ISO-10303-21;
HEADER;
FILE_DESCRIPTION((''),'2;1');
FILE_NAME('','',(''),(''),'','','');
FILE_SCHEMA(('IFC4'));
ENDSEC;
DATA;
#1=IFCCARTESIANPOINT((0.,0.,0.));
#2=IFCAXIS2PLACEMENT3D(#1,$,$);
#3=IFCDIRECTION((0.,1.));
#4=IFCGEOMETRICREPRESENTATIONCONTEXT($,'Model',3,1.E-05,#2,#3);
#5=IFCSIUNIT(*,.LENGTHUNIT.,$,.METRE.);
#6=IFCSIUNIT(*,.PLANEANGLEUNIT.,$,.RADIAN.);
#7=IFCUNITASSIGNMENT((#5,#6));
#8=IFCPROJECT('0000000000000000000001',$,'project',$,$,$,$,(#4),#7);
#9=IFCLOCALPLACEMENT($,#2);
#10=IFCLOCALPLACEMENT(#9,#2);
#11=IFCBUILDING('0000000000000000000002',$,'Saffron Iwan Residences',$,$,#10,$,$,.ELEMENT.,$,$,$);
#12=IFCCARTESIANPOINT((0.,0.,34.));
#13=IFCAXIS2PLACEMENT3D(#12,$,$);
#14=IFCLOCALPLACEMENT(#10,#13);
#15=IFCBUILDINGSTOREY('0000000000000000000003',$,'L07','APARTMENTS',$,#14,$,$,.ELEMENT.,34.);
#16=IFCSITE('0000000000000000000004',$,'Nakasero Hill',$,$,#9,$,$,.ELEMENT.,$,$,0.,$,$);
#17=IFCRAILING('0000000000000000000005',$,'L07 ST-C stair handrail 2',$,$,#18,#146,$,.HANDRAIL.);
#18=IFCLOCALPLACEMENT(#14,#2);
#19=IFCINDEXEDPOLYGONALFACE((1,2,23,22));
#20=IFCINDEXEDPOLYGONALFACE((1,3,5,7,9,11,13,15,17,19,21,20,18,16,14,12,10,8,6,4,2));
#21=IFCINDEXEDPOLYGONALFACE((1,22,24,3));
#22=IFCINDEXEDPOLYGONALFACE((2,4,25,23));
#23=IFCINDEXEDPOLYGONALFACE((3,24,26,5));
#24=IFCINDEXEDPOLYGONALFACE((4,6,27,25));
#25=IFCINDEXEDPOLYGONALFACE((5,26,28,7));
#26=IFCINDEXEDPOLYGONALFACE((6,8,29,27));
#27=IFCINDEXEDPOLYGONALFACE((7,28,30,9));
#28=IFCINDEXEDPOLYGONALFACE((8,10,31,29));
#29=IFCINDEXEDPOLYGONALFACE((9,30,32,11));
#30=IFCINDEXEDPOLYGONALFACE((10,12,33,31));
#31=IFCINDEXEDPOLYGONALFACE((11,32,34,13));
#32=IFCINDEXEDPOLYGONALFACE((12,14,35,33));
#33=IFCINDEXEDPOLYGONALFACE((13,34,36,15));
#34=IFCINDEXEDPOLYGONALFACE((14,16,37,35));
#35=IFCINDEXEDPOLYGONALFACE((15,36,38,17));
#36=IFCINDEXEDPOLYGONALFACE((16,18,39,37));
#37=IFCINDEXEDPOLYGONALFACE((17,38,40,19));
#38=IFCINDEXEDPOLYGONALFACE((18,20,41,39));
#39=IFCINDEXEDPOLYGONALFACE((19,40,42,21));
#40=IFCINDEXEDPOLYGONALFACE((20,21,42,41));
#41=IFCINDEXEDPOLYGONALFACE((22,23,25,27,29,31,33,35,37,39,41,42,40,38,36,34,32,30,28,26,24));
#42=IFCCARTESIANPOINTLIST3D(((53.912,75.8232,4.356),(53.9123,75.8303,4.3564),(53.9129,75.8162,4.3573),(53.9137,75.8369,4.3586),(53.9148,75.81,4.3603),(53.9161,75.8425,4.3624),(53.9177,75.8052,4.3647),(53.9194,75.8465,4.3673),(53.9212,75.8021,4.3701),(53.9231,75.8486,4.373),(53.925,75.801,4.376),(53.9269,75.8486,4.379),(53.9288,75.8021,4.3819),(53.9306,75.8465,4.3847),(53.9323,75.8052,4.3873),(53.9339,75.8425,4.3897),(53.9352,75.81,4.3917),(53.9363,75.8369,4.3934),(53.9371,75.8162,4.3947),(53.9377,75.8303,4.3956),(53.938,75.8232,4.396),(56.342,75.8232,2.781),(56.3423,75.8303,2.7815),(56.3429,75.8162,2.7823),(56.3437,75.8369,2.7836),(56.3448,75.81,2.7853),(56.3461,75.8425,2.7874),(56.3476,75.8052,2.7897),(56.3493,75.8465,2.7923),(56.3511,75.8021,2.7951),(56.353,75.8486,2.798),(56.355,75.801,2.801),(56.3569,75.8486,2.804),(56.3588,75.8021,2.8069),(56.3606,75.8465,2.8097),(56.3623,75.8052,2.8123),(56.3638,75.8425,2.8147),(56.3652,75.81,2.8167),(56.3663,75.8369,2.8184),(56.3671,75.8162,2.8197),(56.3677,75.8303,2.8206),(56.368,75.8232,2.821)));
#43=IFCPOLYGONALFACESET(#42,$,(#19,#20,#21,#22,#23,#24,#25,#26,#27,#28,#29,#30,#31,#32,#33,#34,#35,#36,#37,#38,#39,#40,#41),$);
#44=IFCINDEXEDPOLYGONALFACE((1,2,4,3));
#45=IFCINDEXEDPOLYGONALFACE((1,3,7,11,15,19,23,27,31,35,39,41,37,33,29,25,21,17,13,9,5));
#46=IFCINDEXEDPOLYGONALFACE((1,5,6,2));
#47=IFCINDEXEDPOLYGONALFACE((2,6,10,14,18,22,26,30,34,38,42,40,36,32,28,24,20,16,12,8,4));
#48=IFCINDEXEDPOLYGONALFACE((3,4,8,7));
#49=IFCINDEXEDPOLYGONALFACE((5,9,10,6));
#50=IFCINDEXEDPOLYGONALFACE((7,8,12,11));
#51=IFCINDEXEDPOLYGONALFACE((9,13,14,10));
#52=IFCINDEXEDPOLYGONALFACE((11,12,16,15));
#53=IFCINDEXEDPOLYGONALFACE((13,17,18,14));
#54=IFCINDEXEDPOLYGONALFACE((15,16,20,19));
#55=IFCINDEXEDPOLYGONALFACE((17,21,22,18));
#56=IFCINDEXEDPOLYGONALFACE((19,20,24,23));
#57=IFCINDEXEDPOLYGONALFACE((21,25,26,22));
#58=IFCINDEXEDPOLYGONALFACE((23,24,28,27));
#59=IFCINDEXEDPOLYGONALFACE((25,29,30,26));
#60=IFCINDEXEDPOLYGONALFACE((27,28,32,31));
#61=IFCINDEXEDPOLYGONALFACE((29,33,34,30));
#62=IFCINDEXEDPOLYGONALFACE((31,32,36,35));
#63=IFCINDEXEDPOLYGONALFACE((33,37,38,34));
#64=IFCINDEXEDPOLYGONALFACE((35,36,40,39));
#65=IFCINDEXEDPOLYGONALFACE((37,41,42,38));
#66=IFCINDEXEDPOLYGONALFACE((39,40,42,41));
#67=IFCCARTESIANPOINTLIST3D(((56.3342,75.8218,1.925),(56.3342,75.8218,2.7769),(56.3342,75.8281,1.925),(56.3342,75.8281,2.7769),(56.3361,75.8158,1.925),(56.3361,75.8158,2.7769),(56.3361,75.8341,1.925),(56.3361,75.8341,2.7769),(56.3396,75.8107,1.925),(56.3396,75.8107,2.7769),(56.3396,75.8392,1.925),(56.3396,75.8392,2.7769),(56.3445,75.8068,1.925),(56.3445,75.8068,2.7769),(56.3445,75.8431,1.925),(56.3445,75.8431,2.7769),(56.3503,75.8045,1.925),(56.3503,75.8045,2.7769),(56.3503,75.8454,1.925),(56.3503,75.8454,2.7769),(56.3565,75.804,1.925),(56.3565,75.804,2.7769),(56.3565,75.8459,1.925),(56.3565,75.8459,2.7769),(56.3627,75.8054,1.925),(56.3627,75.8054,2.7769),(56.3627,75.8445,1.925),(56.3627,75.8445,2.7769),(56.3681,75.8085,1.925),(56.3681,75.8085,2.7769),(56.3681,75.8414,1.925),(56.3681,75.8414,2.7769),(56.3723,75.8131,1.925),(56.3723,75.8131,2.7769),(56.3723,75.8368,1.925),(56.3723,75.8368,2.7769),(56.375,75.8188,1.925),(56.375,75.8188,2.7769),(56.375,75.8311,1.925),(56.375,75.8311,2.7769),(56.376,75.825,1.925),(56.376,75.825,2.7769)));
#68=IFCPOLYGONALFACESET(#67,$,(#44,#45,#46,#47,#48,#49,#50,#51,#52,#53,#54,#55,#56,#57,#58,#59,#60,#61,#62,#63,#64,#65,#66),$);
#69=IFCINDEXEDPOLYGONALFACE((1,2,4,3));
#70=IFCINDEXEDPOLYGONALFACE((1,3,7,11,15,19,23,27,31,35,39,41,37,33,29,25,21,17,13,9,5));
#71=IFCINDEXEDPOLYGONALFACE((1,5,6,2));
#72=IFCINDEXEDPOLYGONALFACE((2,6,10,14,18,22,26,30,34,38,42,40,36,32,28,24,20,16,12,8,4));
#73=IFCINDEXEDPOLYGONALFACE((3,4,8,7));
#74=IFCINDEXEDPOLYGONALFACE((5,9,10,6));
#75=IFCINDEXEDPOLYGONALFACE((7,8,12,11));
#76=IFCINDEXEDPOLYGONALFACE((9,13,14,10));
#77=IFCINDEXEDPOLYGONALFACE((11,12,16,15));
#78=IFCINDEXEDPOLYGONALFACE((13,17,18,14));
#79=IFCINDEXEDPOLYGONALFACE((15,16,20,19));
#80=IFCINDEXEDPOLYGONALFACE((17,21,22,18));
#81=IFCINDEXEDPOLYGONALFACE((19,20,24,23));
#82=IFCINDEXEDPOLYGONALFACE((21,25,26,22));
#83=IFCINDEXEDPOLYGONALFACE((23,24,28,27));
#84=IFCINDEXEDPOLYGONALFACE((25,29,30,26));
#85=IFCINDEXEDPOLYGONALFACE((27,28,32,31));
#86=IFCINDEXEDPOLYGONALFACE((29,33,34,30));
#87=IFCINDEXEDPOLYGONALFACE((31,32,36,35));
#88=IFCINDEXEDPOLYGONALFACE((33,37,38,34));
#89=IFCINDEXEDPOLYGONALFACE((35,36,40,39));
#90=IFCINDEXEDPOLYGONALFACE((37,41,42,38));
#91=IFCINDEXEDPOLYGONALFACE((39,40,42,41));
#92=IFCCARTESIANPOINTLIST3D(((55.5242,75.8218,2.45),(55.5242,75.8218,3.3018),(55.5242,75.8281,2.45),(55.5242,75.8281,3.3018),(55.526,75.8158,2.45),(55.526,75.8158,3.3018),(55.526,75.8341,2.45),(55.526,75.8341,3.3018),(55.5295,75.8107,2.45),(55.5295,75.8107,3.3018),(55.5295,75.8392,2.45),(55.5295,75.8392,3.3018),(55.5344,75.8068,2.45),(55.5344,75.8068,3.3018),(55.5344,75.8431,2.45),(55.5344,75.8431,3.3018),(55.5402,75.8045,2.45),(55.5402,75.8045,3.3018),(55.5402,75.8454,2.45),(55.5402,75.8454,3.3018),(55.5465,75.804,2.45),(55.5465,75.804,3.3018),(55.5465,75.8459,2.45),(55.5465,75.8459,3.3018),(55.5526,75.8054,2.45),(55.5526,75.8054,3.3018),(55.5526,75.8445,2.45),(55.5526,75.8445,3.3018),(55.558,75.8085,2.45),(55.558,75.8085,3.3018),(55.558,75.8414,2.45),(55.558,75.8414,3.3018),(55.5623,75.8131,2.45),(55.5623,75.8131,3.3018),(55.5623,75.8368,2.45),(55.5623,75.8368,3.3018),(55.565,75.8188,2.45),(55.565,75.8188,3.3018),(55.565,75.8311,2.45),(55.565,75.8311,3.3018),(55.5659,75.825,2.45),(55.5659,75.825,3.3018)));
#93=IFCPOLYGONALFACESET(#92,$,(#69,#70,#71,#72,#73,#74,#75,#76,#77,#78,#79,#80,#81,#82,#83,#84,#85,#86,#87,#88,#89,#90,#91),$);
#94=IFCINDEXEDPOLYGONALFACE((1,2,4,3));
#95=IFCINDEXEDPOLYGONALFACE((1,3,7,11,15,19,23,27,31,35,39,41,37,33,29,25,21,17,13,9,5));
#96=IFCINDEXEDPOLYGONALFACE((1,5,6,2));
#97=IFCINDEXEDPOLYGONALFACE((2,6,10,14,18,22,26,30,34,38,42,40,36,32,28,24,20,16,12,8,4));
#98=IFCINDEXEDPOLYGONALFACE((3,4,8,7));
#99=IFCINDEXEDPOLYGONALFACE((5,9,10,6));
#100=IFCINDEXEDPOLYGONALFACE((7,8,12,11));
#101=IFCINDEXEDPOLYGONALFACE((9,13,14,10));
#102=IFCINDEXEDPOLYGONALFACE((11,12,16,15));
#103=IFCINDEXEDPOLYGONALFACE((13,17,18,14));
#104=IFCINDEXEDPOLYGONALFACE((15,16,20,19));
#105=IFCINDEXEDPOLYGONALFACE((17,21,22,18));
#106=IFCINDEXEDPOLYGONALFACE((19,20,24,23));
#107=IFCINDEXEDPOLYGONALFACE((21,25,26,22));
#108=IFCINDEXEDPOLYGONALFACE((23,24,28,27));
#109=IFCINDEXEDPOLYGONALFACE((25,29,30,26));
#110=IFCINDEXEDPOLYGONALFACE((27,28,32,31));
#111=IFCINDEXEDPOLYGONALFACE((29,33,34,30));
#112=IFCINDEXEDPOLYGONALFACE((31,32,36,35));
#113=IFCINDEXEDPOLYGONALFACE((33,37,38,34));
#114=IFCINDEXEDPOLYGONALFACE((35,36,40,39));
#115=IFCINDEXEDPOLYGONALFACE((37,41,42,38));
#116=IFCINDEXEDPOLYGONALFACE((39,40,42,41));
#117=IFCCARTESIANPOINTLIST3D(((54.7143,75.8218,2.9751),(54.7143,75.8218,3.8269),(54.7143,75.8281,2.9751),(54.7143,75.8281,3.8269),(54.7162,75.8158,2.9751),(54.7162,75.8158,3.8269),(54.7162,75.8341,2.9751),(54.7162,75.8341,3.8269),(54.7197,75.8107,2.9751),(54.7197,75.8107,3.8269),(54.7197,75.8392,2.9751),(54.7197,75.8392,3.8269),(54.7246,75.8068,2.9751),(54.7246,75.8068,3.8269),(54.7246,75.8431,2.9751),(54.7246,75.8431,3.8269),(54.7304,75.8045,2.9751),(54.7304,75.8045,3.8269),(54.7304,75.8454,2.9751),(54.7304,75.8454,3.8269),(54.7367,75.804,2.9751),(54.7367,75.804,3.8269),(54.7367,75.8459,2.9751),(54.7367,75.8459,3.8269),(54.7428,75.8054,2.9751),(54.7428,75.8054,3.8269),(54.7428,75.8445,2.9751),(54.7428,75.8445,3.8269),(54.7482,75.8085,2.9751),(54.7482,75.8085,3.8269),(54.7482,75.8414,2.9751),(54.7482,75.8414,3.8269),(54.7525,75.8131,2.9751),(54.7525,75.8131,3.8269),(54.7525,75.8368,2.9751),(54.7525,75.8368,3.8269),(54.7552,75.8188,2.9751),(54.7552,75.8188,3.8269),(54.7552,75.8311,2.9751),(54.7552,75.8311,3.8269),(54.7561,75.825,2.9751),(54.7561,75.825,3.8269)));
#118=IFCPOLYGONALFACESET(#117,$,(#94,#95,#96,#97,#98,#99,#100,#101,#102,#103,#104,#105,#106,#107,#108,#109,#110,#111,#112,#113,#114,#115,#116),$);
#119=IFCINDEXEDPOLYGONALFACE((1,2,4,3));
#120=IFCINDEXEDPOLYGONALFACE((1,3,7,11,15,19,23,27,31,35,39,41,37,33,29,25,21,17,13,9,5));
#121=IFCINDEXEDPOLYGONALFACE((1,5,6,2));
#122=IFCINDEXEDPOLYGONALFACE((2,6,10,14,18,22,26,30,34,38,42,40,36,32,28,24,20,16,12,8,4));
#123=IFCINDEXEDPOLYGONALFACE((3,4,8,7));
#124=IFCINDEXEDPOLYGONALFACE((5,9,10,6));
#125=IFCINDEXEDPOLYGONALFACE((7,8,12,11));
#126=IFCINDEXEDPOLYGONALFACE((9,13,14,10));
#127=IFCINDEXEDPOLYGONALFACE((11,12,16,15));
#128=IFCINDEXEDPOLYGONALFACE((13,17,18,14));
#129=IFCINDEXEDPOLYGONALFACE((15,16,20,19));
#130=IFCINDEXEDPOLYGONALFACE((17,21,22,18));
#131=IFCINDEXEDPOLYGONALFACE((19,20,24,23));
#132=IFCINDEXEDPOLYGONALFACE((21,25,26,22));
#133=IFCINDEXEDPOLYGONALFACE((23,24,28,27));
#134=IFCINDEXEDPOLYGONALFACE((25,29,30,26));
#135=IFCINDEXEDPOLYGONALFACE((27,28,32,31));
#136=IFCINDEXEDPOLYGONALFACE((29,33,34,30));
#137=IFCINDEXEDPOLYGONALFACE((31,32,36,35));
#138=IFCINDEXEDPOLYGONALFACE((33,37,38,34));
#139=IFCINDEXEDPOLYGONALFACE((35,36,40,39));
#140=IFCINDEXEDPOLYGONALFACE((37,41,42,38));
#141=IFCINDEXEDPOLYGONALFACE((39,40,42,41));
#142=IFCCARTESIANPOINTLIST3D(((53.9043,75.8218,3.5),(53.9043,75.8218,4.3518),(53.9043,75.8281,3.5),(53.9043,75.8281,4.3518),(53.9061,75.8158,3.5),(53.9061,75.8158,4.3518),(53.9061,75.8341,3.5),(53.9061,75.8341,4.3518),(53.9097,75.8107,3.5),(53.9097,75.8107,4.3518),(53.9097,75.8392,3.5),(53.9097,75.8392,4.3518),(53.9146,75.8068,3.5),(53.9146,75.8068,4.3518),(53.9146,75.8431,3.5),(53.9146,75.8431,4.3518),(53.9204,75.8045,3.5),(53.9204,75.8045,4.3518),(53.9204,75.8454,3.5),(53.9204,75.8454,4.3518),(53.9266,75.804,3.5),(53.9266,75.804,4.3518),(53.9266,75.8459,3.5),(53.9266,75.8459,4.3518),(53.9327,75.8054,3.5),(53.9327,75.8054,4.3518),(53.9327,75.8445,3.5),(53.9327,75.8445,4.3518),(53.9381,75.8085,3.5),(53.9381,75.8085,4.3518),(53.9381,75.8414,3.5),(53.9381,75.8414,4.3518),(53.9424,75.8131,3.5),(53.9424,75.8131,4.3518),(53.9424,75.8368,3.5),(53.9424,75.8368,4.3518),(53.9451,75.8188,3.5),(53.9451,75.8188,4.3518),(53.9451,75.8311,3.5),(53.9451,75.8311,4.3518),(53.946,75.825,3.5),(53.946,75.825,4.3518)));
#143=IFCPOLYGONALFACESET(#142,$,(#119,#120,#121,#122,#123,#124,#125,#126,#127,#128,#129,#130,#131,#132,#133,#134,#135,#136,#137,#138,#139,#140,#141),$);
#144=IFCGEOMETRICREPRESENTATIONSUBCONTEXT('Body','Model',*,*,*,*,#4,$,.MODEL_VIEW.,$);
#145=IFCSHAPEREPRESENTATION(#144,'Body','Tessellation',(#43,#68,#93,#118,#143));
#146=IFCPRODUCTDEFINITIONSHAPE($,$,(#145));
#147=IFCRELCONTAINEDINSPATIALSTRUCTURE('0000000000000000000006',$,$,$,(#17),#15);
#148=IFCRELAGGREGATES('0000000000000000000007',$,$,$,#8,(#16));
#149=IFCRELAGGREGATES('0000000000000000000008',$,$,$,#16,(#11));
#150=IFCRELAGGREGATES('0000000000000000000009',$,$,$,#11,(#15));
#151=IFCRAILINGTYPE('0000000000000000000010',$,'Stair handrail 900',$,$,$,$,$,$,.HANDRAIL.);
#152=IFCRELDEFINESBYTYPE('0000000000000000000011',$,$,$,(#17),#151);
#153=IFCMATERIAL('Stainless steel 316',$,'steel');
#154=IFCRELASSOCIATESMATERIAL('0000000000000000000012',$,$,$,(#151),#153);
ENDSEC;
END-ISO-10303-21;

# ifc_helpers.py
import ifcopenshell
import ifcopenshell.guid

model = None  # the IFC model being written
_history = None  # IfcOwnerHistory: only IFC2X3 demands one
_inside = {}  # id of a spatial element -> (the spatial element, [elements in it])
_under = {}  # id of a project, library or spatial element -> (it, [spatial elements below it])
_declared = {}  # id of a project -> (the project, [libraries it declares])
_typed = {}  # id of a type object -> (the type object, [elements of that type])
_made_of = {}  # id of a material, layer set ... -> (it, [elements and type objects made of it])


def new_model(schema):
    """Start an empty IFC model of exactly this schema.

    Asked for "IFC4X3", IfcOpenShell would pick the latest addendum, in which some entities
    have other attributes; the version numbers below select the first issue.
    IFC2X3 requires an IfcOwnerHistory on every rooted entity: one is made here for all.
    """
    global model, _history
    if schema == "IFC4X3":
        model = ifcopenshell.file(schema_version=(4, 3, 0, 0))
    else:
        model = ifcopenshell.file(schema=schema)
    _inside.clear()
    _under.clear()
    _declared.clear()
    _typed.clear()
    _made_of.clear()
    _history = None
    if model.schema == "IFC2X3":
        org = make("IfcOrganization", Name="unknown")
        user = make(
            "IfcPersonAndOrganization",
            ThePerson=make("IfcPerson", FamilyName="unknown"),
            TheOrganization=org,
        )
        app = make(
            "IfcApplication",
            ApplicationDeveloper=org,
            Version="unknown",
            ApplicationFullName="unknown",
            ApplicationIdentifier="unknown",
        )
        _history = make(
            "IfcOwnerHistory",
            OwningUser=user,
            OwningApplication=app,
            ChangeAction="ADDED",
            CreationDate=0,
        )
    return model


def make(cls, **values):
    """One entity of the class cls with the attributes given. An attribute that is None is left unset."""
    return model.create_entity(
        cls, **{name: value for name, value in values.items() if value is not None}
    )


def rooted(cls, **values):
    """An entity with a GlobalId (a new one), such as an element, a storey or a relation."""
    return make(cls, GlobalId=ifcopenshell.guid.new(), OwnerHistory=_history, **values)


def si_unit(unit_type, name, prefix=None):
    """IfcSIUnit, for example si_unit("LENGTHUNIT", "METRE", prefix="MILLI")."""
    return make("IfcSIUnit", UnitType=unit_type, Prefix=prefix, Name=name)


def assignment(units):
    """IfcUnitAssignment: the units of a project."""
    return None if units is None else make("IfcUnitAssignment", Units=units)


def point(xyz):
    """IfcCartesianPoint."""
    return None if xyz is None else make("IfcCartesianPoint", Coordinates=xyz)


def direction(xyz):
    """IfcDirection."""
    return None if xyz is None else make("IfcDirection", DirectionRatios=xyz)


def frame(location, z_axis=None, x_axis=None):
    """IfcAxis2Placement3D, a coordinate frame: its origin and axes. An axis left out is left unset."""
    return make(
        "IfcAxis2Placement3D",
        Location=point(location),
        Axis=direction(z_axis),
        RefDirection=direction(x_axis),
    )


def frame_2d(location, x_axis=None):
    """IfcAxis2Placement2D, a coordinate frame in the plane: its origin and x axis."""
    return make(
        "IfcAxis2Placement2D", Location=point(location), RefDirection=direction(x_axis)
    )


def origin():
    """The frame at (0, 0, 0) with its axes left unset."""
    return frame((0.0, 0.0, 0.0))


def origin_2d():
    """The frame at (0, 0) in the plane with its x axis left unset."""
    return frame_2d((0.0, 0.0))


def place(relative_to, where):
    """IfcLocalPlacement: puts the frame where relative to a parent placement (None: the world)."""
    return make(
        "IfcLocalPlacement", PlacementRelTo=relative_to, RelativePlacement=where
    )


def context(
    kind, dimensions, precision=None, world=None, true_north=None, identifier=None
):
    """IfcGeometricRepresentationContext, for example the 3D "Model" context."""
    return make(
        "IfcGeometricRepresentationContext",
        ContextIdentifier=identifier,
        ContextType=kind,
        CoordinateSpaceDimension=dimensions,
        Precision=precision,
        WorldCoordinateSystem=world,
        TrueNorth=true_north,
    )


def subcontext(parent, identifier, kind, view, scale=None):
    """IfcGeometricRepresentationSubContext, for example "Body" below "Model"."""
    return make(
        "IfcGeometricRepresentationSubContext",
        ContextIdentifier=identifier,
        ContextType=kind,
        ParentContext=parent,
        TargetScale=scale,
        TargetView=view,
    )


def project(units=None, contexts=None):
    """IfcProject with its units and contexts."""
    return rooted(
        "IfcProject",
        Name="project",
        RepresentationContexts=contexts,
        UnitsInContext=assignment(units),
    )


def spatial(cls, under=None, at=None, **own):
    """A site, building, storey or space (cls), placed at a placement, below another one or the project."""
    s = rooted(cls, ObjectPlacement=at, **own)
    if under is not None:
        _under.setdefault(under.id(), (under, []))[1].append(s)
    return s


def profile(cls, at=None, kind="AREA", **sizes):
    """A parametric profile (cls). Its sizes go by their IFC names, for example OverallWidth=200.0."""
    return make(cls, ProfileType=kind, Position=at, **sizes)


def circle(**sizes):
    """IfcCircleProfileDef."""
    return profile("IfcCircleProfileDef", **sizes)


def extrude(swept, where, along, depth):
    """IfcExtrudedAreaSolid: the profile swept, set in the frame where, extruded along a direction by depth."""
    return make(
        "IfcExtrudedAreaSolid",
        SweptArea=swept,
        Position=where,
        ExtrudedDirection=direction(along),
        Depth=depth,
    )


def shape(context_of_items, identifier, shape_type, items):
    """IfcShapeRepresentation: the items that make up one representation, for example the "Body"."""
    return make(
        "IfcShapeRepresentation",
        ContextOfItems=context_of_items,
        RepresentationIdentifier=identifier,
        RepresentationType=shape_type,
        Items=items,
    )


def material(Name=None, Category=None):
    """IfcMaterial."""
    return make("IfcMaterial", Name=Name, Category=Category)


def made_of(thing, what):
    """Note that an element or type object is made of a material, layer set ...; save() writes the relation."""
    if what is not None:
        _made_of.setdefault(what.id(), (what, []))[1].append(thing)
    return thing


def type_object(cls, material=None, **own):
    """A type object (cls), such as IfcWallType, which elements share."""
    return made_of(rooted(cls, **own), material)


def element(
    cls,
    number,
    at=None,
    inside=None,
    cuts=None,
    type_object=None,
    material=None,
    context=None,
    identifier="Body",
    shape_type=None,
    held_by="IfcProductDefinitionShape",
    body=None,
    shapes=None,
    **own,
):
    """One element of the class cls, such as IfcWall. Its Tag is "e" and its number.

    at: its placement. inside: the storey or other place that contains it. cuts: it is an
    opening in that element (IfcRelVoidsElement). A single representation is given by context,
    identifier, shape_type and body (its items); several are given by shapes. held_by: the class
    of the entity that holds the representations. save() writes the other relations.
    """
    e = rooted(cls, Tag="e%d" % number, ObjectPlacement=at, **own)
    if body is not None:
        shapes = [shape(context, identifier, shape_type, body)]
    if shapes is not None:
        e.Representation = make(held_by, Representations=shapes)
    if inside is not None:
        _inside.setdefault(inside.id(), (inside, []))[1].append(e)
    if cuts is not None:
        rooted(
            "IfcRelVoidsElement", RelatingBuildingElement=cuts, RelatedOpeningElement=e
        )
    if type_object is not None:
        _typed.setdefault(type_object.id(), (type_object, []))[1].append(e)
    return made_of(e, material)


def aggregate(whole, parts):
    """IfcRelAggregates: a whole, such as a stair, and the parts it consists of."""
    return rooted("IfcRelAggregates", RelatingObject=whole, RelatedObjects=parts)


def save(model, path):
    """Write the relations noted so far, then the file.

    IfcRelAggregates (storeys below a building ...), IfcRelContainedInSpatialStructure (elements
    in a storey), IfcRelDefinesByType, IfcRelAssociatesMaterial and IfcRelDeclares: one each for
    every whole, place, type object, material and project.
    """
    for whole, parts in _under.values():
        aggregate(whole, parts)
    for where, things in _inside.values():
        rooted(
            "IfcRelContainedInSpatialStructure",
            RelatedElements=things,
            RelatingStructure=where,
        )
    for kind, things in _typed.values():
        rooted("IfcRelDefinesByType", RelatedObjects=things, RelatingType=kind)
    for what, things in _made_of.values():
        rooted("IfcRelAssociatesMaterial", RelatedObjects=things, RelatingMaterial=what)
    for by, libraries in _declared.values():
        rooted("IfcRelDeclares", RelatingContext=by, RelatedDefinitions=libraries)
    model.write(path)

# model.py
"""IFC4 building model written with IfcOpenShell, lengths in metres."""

from ifc_helpers import new_model, si_unit, direction, frame, origin, origin_2d, place, context, subcontext, project, spatial, circle, extrude, material, type_object, element, save


model = new_model("IFC4")

# Units and contexts
model_context = context("Model", 3, precision=1e-05, world=origin(), true_north=direction((0.0, 1.0)))
body_context = subcontext(model_context, "Body", "Model", "MODEL_VIEW")
ifc_project = project(units=[si_unit("LENGTHUNIT", "METRE"), si_unit("PLANEANGLEUNIT", "RADIAN")], contexts=[model_context])

# Site, building, storey
site_placement = place(None, origin())
site = spatial("IfcSite", under=ifc_project, at=site_placement, Name="Nakasero Hill", CompositionType="ELEMENT", RefElevation=0.0)
building_placement = place(site_placement, origin())
building = spatial("IfcBuilding", under=site, at=building_placement, Name="Saffron Iwan Residences", CompositionType="ELEMENT")
storey_placement = place(building_placement, frame((0.0, 0.0, 34.0)))
storey = spatial("IfcBuildingStorey", under=building, at=storey_placement, Name="L07", Description="APARTMENTS", CompositionType="ELEMENT", Elevation=34.0)

# Railing
ifc_material_1 = material(Name="Stainless steel 316", Category="steel")
railing_type_1 = type_object("IfcRailingType", Name="Stair handrail 900", PredefinedType="HANDRAIL", material=ifc_material_1)
railing_1_placement = place(storey_placement, frame((56.355, 75.825, 1.925)))
element("IfcRailing", 1, at=railing_1_placement, inside=storey, type_object=railing_type_1, Name="L07 ST-C stair handrail 2", PredefinedType="HANDRAIL", context=body_context, shape_type="SweptSolid", body=[
    extrude(circle(Radius=0.0239, at=origin_2d()), frame((0.0, 0.0, 0.876), z_axis=(-0.839154, 0.0, 0.543894), x_axis=(0.0, -1.0, 0.0)), (0.0, 0.0, 1.0), 2.8958),
    extrude(circle(Radius=0.021, at=origin_2d()), origin(), (0.0, 0.0, 1.0), 0.8518),
    extrude(circle(Radius=0.021, at=origin_2d()), frame((-0.8101, 0.0, 0.5249)), (0.0, 0.0, 1.0), 0.8518),
    extrude(circle(Radius=0.021, at=origin_2d()), frame((-1.6199, 0.0, 1.05)), (0.0, 0.0, 1.0), 0.8518),
    extrude(circle(Radius=0.021, at=origin_2d()), frame((-2.4299, 0.0, 1.575)), (0.0, 0.0, 1.0), 0.8518),
])

save(model, "model.ifc")
